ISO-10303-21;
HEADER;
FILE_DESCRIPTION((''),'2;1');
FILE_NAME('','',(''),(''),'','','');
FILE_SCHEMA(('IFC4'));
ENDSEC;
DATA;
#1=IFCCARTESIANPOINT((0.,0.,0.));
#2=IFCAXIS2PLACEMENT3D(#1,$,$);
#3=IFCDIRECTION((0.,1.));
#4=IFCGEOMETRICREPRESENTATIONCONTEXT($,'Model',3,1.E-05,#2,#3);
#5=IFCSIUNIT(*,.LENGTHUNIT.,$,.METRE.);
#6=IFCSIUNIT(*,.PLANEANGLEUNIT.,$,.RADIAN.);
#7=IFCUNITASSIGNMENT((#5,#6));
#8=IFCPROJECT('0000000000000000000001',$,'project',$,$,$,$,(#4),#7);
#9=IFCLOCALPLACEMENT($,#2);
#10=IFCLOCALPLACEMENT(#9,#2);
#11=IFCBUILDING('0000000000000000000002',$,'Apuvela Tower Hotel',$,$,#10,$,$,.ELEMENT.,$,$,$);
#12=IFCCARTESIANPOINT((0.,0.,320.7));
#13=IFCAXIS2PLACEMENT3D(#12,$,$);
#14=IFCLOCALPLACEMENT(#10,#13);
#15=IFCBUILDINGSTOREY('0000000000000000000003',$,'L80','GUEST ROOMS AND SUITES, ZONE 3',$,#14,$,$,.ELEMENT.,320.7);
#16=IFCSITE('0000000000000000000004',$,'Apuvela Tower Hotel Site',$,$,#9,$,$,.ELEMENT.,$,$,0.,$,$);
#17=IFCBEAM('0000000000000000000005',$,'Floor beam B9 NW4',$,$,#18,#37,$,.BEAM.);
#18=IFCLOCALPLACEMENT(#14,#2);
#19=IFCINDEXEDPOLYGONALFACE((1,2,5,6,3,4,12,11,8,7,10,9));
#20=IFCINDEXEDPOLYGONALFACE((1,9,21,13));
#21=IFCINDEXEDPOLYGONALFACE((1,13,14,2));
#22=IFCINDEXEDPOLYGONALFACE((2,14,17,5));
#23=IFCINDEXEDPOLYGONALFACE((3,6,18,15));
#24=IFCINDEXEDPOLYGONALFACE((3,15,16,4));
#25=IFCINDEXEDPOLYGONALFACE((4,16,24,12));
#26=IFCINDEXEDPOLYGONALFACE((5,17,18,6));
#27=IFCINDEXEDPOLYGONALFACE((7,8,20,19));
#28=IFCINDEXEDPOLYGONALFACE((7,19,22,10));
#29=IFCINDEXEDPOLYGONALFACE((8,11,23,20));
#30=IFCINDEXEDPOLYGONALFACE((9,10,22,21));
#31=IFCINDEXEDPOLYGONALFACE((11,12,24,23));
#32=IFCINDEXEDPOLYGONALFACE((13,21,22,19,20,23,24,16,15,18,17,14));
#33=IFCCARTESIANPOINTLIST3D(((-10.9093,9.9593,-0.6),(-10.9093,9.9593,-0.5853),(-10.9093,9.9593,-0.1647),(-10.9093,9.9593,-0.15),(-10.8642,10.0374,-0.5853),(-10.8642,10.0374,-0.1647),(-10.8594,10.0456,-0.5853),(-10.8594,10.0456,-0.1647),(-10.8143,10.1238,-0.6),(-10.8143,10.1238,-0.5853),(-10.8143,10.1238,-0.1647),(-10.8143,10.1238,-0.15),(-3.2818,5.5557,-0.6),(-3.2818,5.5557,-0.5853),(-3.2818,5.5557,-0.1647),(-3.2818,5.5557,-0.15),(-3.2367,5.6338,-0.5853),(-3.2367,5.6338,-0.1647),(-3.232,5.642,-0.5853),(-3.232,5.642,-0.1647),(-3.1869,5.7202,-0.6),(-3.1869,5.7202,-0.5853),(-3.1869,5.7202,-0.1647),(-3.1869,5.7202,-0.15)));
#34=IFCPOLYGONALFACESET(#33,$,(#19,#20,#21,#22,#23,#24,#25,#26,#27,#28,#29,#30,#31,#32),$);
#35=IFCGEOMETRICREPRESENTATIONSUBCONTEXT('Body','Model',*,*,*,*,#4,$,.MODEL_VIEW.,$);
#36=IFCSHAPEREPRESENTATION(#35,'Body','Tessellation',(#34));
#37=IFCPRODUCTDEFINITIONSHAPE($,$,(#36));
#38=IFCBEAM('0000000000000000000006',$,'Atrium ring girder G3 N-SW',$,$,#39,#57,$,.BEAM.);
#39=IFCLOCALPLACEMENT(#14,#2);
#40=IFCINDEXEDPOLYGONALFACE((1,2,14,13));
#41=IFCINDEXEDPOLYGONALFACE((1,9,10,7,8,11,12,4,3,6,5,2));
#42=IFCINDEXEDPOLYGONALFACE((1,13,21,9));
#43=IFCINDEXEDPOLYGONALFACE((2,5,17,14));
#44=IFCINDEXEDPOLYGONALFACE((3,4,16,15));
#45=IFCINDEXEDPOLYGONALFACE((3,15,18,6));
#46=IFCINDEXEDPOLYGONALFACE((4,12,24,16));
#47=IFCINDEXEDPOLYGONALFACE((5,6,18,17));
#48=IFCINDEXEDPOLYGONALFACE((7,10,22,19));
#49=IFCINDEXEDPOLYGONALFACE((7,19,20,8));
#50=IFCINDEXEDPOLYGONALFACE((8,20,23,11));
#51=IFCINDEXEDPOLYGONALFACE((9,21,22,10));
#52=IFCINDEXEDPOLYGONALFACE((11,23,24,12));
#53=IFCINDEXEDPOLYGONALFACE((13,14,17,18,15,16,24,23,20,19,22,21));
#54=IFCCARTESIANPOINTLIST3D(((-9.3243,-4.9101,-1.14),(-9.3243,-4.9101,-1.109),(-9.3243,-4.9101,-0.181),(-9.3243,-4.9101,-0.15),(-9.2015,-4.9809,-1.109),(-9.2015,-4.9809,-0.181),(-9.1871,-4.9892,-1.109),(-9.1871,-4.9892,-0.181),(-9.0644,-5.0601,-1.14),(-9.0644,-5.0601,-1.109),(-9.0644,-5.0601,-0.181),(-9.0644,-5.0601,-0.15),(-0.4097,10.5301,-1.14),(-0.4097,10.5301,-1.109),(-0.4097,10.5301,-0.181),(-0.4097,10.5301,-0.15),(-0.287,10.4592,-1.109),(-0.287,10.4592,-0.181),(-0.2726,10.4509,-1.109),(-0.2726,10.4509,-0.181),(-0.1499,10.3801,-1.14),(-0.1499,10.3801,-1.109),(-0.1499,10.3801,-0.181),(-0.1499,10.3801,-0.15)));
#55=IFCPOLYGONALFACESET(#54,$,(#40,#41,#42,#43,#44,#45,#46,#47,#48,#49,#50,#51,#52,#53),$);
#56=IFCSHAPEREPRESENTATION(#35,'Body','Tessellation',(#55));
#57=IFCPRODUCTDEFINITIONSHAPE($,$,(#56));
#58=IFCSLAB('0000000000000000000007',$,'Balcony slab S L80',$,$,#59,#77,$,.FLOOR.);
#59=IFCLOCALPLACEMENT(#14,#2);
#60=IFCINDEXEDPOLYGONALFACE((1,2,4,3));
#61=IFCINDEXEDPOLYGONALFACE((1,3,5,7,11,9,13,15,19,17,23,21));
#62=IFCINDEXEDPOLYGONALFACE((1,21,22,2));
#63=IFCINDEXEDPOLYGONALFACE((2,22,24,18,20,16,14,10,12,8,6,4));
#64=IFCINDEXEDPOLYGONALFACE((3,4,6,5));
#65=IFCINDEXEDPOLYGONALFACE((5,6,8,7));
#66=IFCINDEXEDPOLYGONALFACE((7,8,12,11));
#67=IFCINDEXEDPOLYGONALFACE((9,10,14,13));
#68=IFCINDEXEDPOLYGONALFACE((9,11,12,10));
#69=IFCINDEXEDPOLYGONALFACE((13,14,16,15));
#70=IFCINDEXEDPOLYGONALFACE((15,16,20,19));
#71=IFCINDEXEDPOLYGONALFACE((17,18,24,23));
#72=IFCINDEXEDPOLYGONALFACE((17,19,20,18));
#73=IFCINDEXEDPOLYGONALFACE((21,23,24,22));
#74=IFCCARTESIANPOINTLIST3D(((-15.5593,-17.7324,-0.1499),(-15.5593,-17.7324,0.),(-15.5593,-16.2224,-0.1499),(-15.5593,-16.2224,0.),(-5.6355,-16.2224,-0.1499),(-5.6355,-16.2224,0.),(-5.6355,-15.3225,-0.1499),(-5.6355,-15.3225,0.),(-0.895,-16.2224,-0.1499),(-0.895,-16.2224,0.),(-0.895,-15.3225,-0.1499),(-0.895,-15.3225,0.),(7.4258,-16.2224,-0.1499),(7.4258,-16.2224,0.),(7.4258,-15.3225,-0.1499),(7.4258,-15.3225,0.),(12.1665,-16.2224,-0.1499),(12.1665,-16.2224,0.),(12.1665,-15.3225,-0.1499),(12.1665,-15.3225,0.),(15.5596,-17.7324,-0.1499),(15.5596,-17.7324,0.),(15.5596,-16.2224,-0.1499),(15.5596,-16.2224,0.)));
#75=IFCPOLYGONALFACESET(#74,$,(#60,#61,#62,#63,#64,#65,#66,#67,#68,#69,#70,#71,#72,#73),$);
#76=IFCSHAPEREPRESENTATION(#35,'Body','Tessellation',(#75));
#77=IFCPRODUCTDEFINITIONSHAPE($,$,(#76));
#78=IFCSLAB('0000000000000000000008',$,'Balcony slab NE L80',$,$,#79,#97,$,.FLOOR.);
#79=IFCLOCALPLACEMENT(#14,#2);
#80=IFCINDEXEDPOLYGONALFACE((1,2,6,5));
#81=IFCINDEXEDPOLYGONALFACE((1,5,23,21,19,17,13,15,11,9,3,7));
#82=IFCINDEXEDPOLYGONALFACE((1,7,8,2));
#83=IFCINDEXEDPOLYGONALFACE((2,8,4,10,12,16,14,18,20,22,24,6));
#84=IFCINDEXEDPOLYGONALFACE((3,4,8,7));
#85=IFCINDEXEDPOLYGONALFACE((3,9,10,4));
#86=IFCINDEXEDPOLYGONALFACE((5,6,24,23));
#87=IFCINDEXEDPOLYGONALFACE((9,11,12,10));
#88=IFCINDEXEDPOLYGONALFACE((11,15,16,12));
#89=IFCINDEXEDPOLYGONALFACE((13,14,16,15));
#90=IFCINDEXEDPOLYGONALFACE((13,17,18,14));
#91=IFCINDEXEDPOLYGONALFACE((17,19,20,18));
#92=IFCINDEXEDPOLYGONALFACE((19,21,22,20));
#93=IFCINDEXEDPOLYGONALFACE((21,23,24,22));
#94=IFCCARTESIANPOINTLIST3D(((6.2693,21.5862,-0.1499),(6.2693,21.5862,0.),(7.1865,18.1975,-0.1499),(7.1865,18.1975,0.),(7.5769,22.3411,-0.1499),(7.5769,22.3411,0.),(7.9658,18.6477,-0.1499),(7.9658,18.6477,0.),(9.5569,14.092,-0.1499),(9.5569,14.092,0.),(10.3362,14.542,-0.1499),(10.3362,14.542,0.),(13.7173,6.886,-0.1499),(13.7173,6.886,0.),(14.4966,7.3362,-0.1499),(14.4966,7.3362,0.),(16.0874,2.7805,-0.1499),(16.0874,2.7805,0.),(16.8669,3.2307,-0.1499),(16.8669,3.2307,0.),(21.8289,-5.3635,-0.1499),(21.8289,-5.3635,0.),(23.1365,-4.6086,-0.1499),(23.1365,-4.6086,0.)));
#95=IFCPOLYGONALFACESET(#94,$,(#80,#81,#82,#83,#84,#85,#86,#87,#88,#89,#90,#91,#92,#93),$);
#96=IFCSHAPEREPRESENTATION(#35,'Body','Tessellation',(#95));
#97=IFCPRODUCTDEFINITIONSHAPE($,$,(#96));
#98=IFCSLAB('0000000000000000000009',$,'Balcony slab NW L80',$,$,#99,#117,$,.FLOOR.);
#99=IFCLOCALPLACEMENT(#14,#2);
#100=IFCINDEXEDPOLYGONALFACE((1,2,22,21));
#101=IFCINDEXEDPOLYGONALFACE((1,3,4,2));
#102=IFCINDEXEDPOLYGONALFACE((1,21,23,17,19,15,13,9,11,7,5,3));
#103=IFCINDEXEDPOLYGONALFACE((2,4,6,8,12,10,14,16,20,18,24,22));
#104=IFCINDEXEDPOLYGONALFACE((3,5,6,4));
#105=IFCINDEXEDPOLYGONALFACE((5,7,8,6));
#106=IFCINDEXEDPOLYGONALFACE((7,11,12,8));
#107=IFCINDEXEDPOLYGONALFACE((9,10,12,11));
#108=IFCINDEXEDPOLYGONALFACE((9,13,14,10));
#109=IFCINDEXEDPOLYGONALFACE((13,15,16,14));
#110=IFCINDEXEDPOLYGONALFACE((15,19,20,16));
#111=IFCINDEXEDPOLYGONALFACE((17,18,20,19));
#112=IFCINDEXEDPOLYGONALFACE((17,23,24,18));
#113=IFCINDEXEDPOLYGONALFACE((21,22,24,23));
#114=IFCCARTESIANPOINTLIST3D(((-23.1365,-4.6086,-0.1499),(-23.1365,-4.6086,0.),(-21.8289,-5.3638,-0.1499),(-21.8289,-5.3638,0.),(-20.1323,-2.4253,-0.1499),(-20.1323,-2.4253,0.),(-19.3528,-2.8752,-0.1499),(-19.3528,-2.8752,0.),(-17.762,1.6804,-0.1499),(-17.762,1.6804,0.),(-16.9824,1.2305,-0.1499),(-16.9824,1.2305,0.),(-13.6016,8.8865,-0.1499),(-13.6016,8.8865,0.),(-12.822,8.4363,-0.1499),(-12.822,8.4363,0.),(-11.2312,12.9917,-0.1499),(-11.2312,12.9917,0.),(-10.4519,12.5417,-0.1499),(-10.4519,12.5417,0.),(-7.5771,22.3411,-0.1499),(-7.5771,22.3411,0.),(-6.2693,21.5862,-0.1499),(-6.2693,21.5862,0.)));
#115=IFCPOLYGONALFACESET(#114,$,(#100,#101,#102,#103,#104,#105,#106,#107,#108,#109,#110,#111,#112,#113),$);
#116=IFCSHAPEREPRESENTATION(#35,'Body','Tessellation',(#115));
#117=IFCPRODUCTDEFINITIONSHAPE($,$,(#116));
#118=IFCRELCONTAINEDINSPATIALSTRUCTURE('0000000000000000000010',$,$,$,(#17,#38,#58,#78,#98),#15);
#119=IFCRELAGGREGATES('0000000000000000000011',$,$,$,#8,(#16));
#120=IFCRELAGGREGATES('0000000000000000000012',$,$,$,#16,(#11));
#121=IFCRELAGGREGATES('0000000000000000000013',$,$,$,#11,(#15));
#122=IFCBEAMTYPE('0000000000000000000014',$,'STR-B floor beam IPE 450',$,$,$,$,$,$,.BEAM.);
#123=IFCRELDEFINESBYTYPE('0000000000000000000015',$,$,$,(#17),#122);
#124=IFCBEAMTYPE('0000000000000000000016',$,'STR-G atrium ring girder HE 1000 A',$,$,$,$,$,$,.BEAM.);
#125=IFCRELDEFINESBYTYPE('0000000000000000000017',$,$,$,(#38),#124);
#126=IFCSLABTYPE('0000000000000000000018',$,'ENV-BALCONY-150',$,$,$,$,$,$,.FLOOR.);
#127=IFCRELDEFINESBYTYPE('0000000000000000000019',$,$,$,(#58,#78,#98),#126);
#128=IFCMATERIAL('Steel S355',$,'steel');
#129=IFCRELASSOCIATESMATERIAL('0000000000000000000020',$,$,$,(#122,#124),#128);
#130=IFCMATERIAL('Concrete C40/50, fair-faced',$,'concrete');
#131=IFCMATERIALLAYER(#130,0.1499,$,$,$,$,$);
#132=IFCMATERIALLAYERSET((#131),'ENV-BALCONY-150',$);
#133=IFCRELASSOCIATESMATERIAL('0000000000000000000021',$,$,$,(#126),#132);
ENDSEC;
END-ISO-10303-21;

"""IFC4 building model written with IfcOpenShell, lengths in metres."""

from ifc_helpers import new_model, si_unit, direction, frame, origin, origin_2d, place, context, subcontext, project, spatial, polyline, i_section, outline, extrude, material, layer, layer_set, material_profile, profile_set, type_object, element, save


model = new_model("IFC4")

# Units and contexts
model_context = context("Model", 3, precision=1e-05, world=origin(), true_north=direction((0.0, 1.0)))
body_context = subcontext(model_context, "Body", "Model", "MODEL_VIEW")
ifc_project = project(units=[si_unit("LENGTHUNIT", "METRE"), si_unit("PLANEANGLEUNIT", "RADIAN")], contexts=[model_context])

# Site, building, storey
site_placement = place(None, origin())
site = spatial("IfcSite", under=ifc_project, at=site_placement, Name="Apuvela Tower Hotel Site", CompositionType="ELEMENT", RefElevation=0.0)
building_placement = place(site_placement, origin())
building = spatial("IfcBuilding", under=site, at=building_placement, Name="Apuvela Tower Hotel", CompositionType="ELEMENT")
storey_placement = place(building_placement, frame((0.0, 0.0, 320.7)))
storey = spatial("IfcBuildingStorey", under=building, at=storey_placement, Name="L80", Description="GUEST ROOMS AND SUITES, ZONE 3", CompositionType="ELEMENT", Elevation=320.7)

# Beams
ifc_material_1 = material(Name="Steel S355", Category="steel")
ifc_material_profile_1 = material_profile(ifc_material_1, i_section(OverallWidth=0.1899, OverallDepth=0.45, WebThickness=0.0095, FlangeThickness=0.0146, at=origin_2d()), Name="IPE 450")
ifc_profile_set_1 = profile_set([ifc_material_profile_1], Name="Steel S355")
beam_type_1 = type_object("IfcBeamType", Name="STR-B floor beam IPE 450", PredefinedType="BEAM", material=ifc_profile_set_1)
beam_1_placement = place(storey_placement, frame((-10.8618, 10.0415, -0.375), z_axis=(0.866032, -0.499988, 0.0), x_axis=(0.499988, 0.866032, 0.0)))
element("IfcBeam", 1, at=beam_1_placement, inside=storey, type_object=beam_type_1, Name="Floor beam B9 NW4", PredefinedType="BEAM", context=body_context, shape_type="SweptSolid", body=[
    extrude(i_section(OverallWidth=0.1899, OverallDepth=0.45, WebThickness=0.0095, FlangeThickness=0.0146, at=origin_2d()), origin(), (0.0, 0.0, 1.0), 8.8074),
])
ifc_material_profile_2 = material_profile(ifc_material_1, i_section(OverallWidth=0.3, OverallDepth=0.99, WebThickness=0.0166, FlangeThickness=0.031, at=origin_2d()), Name="HE 1000 A")
ifc_profile_set_2 = profile_set([ifc_material_profile_2], Name="Steel S355")
beam_type_2 = type_object("IfcBeamType", Name="STR-G atrium ring girder HE 1000 A", PredefinedType="BEAM", material=ifc_profile_set_2)
beam_2_placement = place(storey_placement, frame((-0.2798, 10.4551, -0.645), z_axis=(-0.500007, -0.866022, 0.0), x_axis=(0.866022, -0.500007, 0.0)))
element("IfcBeam", 2, at=beam_2_placement, inside=storey, type_object=beam_type_2, Name="Atrium ring girder G3 N-SW", PredefinedType="BEAM", context=body_context, shape_type="SweptSolid", body=[
    extrude(i_section(OverallWidth=0.3, OverallDepth=0.99, WebThickness=0.0166, FlangeThickness=0.031, at=origin_2d()), origin(), (0.0, 0.0, 1.0), 17.8289),
])

# Slabs
ifc_material_2 = material(Name="Concrete C40/50, fair-faced", Category="concrete")
ifc_layer_1 = layer(ifc_material_2, 0.1499)
ifc_layer_set_1 = layer_set([ifc_layer_1], Name="ENV-BALCONY-150")
slab_type_1 = type_object("IfcSlabType", Name="ENV-BALCONY-150", PredefinedType="FLOOR", material=ifc_layer_set_1)
slab_1_placement = place(storey_placement, frame((0.0, 0.0, -0.1499)))
element("IfcSlab", 3, at=slab_1_placement, inside=storey, type_object=slab_type_1, Name="Balcony slab S L80", PredefinedType="FLOOR", context=body_context, shape_type="SweptSolid", body=[
    extrude(outline(polyline([(15.5596, -17.7324), (-15.5593, -17.7324), (-15.5593, -16.2224), (-5.6355, -16.2224), (-5.6355, -15.3225), (-0.895, -15.3225), (-0.895, -16.2224), (7.4258, -16.2224), (7.4258, -15.3225), (12.1665, -15.3225), (12.1665, -16.2224), (15.5596, -16.2224), (15.5596, -17.7324)])), origin(), (0.0, 0.0, 1.0), 0.1499),
])
slab_2_placement = place(storey_placement, frame((0.0, 0.0, -0.1499)))
element("IfcSlab", 4, at=slab_2_placement, inside=storey, type_object=slab_type_1, Name="Balcony slab NE L80", PredefinedType="FLOOR", context=body_context, shape_type="SweptSolid", body=[
    extrude(outline(polyline([(14.4966, 7.3362), (10.3362, 14.542), (9.5569, 14.092), (7.1865, 18.1975), (7.9658, 18.6477), (6.2693, 21.5862), (7.5769, 22.3411), (23.1365, -4.6086), (21.8289, -5.3635), (16.8669, 3.2307), (16.0874, 2.7805), (13.7173, 6.886), (14.4966, 7.3362)])), origin(), (0.0, 0.0, 1.0), 0.1499),
])
slab_3_placement = place(storey_placement, frame((0.0, 0.0, -0.1499)))
element("IfcSlab", 5, at=slab_3_placement, inside=storey, type_object=slab_type_1, Name="Balcony slab NW L80", PredefinedType="FLOOR", context=body_context, shape_type="SweptSolid", body=[
    extrude(outline(polyline([(-23.1365, -4.6086), (-7.5771, 22.3411), (-6.2693, 21.5862), (-11.2312, 12.9917), (-10.4519, 12.5417), (-12.822, 8.4363), (-13.6016, 8.8865), (-17.762, 1.6804), (-16.9824, 1.2305), (-19.3528, -2.8752), (-20.1323, -2.4253), (-21.8289, -5.3638), (-23.1365, -4.6086)])), origin(), (0.0, 0.0, 1.0), 0.1499),
])

save(model, "model.ifc")
